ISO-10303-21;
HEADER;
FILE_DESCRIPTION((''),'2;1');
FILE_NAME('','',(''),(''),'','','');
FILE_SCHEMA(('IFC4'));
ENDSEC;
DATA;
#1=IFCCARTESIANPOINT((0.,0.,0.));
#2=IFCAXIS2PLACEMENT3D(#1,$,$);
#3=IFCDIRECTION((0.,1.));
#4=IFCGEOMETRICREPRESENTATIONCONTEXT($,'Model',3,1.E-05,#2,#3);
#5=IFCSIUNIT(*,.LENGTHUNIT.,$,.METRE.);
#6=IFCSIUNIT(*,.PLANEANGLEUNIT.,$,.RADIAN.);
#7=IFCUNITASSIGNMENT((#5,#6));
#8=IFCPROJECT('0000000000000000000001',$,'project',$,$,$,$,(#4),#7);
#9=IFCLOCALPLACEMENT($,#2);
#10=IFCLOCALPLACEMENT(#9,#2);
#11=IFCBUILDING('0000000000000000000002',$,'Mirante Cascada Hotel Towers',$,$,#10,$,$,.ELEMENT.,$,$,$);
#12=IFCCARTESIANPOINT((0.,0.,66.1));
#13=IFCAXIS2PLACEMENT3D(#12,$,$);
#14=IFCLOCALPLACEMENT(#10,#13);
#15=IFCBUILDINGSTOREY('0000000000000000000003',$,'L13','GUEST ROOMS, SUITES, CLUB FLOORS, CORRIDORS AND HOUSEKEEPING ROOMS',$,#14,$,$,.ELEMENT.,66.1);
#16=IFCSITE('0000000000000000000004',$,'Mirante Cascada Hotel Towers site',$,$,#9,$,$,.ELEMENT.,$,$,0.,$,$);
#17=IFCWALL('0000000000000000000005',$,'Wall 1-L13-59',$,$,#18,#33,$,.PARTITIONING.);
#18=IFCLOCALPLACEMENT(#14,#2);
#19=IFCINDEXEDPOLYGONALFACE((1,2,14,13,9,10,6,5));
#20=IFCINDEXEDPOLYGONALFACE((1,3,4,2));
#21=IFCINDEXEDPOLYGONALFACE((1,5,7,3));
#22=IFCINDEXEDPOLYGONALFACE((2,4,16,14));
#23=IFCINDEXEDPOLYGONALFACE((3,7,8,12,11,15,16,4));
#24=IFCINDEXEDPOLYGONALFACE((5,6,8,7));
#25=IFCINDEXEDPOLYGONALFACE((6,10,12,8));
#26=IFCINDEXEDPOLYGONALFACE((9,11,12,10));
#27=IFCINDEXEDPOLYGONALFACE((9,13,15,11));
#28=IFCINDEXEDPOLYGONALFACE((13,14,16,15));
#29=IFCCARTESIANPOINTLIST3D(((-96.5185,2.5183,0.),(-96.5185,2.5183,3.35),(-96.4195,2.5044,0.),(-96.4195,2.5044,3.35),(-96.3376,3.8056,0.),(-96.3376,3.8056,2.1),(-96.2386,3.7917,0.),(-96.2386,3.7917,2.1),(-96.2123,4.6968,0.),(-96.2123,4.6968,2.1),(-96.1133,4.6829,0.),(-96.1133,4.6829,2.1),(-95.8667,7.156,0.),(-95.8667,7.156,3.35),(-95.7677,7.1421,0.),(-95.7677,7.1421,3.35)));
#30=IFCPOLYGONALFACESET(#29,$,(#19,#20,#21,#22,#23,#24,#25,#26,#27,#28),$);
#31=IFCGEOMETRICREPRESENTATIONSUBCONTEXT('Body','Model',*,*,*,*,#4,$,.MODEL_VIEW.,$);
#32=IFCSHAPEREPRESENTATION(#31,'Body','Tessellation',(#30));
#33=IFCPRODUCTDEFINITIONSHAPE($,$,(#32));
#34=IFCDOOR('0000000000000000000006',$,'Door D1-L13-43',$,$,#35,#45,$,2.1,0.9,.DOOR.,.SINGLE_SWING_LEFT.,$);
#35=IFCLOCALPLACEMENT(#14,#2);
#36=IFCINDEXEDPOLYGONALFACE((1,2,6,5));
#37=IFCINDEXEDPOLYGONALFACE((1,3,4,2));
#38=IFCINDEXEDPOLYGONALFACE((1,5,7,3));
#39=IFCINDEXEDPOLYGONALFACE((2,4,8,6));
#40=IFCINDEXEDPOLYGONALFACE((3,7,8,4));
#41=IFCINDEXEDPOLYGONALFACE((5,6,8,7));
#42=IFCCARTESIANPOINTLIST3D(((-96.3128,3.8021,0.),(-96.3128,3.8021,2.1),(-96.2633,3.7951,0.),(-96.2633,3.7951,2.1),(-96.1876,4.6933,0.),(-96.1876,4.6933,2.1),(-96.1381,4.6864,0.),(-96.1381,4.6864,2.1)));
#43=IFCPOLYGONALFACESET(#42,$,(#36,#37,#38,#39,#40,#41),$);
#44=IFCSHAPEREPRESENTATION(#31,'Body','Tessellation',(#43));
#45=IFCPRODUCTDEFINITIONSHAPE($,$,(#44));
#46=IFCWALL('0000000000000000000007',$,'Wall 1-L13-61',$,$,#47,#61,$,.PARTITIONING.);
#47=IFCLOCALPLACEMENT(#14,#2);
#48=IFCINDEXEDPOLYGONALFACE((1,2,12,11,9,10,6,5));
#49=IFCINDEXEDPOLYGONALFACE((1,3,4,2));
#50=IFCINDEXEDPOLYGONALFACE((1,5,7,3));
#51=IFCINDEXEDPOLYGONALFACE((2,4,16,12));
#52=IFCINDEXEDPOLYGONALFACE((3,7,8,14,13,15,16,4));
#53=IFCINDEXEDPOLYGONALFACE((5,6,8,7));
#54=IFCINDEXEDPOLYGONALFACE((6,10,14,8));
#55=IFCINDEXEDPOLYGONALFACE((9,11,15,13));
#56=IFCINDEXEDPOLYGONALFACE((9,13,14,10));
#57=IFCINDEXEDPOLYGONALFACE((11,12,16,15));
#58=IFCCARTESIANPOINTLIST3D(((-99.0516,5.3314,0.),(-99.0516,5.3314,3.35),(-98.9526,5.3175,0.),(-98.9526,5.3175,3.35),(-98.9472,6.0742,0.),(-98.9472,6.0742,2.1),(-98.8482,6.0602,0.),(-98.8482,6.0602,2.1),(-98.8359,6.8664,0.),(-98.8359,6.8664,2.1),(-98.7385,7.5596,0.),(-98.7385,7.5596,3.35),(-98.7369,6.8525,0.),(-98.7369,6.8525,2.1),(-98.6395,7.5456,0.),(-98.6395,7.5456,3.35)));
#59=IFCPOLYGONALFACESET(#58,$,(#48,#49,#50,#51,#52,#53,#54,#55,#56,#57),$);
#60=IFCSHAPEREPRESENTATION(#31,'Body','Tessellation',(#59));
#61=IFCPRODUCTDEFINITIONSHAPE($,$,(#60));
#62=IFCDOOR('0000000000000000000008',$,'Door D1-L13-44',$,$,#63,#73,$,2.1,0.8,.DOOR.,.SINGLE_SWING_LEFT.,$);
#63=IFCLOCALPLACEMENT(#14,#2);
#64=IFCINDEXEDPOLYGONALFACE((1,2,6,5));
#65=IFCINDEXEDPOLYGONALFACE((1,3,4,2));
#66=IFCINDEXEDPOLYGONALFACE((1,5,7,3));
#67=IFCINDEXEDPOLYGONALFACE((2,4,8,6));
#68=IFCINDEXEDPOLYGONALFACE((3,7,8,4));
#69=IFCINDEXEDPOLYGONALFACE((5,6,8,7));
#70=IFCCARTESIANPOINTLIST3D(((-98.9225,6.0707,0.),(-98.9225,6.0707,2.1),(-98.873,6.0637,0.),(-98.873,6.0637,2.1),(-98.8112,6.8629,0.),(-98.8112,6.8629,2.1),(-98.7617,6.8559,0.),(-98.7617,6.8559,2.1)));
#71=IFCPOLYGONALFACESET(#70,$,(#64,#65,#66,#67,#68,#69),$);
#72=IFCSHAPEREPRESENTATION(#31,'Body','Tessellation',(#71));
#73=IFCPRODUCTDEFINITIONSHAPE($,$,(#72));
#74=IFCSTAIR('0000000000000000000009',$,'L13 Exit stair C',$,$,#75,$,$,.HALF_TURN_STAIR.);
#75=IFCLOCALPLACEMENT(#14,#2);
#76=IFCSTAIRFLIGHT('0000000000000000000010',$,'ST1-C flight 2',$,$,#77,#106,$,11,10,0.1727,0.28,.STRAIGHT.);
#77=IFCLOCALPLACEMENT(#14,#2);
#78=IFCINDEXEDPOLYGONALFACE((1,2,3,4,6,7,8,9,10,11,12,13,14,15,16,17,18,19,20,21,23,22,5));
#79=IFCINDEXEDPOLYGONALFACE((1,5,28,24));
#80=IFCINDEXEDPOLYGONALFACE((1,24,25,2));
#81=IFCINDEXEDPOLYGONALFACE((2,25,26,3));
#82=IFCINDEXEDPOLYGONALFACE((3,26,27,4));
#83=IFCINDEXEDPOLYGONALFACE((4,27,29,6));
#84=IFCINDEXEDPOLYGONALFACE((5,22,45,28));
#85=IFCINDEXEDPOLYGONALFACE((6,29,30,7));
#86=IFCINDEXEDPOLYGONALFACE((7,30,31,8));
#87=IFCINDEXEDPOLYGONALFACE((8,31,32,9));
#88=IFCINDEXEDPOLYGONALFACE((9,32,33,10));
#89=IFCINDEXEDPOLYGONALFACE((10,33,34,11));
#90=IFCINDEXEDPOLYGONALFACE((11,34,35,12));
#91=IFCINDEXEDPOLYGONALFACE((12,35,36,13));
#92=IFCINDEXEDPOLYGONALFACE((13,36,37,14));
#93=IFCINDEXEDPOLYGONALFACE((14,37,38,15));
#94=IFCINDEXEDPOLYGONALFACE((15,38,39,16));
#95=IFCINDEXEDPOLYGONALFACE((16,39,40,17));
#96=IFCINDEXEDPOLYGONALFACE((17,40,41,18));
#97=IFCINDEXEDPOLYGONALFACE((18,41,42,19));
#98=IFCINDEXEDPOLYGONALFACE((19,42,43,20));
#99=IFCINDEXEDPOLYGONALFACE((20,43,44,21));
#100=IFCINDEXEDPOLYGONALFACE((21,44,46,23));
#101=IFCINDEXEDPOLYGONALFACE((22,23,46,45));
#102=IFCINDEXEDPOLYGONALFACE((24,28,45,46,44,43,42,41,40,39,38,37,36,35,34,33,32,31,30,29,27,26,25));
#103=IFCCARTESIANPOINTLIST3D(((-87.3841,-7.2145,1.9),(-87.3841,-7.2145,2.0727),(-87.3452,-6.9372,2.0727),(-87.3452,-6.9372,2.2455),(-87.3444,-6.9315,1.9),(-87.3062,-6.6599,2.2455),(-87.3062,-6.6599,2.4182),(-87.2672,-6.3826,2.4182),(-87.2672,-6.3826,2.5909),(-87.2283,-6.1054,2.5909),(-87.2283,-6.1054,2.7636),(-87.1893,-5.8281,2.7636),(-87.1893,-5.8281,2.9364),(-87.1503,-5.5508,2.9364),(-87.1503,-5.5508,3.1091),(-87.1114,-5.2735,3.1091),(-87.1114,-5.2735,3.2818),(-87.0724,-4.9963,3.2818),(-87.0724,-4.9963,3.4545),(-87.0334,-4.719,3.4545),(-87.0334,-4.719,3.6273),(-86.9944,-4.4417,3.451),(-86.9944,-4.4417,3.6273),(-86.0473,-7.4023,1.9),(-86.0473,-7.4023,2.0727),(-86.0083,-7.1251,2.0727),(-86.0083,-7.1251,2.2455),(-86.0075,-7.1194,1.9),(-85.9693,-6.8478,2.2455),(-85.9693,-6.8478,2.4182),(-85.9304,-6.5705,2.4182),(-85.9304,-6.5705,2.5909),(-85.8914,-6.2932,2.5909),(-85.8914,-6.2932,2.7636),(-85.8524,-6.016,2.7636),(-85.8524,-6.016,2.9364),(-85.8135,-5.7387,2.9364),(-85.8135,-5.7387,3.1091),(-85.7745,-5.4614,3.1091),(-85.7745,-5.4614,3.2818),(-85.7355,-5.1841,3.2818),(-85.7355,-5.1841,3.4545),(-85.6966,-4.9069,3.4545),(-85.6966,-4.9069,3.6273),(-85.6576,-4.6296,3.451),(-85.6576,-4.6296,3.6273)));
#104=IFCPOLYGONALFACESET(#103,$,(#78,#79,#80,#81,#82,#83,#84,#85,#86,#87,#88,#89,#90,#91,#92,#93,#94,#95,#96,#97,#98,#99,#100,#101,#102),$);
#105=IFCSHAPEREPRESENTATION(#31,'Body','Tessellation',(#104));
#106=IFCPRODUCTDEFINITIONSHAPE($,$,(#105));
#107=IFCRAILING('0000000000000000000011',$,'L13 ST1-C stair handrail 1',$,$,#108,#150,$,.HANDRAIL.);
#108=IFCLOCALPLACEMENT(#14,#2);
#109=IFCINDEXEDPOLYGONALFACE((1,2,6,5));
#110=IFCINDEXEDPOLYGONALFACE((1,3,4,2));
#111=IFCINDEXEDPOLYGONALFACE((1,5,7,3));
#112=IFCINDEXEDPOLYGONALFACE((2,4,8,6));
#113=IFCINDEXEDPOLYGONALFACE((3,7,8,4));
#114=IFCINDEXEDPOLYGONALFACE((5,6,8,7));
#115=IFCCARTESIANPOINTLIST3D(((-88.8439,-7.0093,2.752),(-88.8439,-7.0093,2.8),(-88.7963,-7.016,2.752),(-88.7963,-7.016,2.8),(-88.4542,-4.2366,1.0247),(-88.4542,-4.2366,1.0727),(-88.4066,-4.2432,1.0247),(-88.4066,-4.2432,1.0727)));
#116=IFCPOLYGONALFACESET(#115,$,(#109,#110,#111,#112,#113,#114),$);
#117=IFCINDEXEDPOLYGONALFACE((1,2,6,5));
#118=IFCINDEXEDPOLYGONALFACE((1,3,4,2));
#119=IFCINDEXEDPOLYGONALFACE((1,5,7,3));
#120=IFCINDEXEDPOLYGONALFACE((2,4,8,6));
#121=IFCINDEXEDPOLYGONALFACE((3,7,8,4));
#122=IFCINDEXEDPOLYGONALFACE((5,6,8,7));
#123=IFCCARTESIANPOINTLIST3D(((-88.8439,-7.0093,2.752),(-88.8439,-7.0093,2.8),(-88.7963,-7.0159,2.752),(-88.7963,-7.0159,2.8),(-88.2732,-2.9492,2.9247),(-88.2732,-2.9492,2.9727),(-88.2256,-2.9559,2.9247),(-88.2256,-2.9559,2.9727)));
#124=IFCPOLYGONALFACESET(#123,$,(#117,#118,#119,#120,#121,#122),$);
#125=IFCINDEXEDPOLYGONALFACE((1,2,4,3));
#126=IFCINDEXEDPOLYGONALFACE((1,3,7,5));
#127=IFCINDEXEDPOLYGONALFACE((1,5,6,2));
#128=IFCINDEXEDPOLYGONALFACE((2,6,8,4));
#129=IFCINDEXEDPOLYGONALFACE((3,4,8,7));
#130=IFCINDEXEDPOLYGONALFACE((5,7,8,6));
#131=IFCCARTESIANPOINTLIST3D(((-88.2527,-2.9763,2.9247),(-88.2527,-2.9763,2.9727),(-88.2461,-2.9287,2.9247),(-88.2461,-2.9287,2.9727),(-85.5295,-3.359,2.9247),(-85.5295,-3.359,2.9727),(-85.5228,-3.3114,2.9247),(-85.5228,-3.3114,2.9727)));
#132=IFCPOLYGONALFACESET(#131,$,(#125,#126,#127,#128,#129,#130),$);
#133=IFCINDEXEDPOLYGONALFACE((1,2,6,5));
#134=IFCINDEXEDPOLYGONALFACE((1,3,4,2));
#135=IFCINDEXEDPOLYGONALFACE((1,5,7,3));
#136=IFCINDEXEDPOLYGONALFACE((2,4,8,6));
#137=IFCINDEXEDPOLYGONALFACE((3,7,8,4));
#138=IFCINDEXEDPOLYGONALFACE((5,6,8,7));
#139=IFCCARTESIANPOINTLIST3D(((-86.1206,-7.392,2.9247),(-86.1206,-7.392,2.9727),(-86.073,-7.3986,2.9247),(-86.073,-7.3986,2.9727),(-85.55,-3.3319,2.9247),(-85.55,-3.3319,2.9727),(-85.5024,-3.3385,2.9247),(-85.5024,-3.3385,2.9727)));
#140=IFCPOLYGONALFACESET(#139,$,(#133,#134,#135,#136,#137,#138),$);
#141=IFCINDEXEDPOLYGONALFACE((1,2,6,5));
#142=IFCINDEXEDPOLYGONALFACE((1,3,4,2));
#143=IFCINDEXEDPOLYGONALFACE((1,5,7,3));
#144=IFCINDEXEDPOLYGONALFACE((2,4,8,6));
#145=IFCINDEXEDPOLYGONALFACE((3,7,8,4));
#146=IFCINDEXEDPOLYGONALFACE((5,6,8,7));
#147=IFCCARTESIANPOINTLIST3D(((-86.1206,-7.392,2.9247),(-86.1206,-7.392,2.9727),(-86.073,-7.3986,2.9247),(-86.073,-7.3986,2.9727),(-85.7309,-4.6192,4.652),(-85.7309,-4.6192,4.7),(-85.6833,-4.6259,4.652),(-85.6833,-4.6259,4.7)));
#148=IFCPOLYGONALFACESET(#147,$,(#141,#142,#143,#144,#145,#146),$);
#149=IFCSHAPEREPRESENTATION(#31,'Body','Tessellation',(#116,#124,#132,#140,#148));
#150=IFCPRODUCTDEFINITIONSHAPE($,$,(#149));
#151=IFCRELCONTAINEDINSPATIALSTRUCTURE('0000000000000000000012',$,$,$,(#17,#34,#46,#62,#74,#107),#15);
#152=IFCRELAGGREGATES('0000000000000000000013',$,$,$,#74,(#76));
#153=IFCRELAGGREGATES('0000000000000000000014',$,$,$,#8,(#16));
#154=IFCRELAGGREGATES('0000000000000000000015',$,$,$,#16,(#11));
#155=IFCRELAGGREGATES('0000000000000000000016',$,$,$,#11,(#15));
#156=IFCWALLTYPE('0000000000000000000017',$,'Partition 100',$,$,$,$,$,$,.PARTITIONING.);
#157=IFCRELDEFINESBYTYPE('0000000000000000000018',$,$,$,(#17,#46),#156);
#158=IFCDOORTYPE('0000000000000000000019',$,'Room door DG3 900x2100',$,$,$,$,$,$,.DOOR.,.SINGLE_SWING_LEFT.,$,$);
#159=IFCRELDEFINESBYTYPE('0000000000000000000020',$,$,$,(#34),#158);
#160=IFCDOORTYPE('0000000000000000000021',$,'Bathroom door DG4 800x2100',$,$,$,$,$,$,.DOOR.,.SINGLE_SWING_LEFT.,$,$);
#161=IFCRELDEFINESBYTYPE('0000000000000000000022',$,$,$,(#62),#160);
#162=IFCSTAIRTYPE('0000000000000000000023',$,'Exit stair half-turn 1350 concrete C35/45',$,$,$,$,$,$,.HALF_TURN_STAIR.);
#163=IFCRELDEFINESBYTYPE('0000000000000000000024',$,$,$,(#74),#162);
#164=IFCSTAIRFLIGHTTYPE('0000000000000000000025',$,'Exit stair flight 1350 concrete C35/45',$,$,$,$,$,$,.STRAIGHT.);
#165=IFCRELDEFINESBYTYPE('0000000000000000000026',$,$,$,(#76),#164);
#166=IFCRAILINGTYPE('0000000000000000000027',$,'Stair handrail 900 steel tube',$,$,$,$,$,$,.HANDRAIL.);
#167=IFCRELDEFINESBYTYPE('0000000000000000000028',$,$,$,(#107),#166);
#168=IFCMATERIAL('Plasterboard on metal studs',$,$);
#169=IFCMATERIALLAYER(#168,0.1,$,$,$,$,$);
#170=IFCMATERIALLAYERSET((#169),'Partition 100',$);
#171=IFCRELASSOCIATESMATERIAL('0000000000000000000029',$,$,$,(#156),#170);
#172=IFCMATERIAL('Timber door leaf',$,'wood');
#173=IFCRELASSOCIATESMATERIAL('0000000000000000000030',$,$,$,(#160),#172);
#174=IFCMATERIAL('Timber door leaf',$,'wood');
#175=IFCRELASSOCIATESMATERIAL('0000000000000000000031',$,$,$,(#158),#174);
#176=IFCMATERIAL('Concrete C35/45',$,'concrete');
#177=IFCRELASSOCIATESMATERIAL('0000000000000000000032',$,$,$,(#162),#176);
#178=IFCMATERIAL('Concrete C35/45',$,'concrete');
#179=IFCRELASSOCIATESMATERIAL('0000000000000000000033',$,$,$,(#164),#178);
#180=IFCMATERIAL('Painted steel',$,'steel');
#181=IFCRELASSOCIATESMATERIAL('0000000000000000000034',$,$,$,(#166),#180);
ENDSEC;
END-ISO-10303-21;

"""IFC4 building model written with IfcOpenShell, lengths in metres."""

from ifc_helpers import new_model, si_unit, direction, frame, frame_2d, origin, origin_2d, place, context, subcontext, project, spatial, polyline, rectangle, outline, extrude, material, layer, layer_set, type_object, element, fill, aggregate, save


model = new_model("IFC4")

# Units and contexts
model_context = context("Model", 3, precision=1e-05, world=origin(), true_north=direction((0.0, 1.0)))
body_context = subcontext(model_context, "Body", "Model", "MODEL_VIEW")
ifc_project = project(units=[si_unit("LENGTHUNIT", "METRE"), si_unit("PLANEANGLEUNIT", "RADIAN")], contexts=[model_context])

# Site, building, storey
site_placement = place(None, origin())
site = spatial("IfcSite", under=ifc_project, at=site_placement, Name="Mirante Cascada Hotel Towers site", CompositionType="ELEMENT", RefElevation=0.0)
building_placement = place(site_placement, origin())
building = spatial("IfcBuilding", under=site, at=building_placement, Name="Mirante Cascada Hotel Towers", CompositionType="ELEMENT")
storey_placement = place(building_placement, frame((0.0, 0.0, 66.1)))
storey = spatial("IfcBuildingStorey", under=building, at=storey_placement, Name="L13", Description="GUEST ROOMS, SUITES, CLUB FLOORS, CORRIDORS AND HOUSEKEEPING ROOMS", CompositionType="ELEMENT", Elevation=66.1)

# Shared definitions
ifc_material_1 = material(Name="Plasterboard on metal studs")
ifc_layer_1 = layer(ifc_material_1, 0.1)
ifc_layer_set_1 = layer_set([ifc_layer_1], Name="Partition 100")
wall_type_1 = type_object("IfcWallType", Name="Partition 100", PredefinedType="PARTITIONING", material=ifc_layer_set_1)

# Walls, openings, doors
ifc_material_2 = material(Name="Timber door leaf", Category="wood")
door_type_1 = type_object("IfcDoorType", Name="Bathroom door DG4 800x2100", OperationType="SINGLE_SWING_LEFT", PredefinedType="DOOR", material=ifc_material_2)
wall_1_placement = place(storey_placement, frame((-95.8172, 7.149, 0.0), z_axis=(0.0, 0.0, 1.0), x_axis=(-0.139176, -0.990268, 0.0)))
wall_1 = element("IfcWall", 1, at=wall_1_placement, inside=storey, type_object=wall_type_1, Name="Wall 1-L13-59", PredefinedType="PARTITIONING", context=body_context, shape_type="SweptSolid", body=[
    extrude(rectangle(XDim=4.6833, YDim=0.1, at=frame_2d((2.3416, 0.0))), origin(), (0.0, 0.0, 1.0), 3.35),
])
opening_1_placement = place(wall_1_placement, frame((2.4833, 0.0, 0.0)))
opening_1 = element("IfcOpeningElement", 2, at=opening_1_placement, cuts=wall_1, PredefinedType="OPENING", context=body_context, shape_type="SweptSolid", body=[
    extrude(rectangle(XDim=0.9, YDim=2.1, at=frame_2d((0.45, 1.05))), frame((0.0, 0.05, 0.0), z_axis=(0.0, -1.0, 0.0), x_axis=(1.0, 0.0, 0.0)), (0.0, 0.0, 1.0), 0.1),
])
ifc_material_3 = material(Name="Timber door leaf", Category="wood")
door_type_2 = type_object("IfcDoorType", Name="Room door DG3 900x2100", OperationType="SINGLE_SWING_LEFT", PredefinedType="DOOR", material=ifc_material_3)
door_1_placement = place(opening_1_placement, origin())
door_1 = element("IfcDoor", 3, at=door_1_placement, inside=storey, type_object=door_type_2, Name="Door D1-L13-43", OperationType="SINGLE_SWING_LEFT", OverallHeight=2.1, OverallWidth=0.9, PredefinedType="DOOR", context=body_context, shape_type="SweptSolid", body=[
    extrude(rectangle(XDim=0.9, YDim=2.1, at=frame_2d((0.45, 1.05))), frame((0.0, 0.025, 0.0), z_axis=(0.0, -1.0, 0.0), x_axis=(1.0, 0.0, 0.0)), (0.0, 0.0, 1.0), 0.05),
])
fill(opening_1, door_1)
wall_2_placement = place(storey_placement, frame((-98.689, 7.5526, 0.0), z_axis=(0.0, 0.0, 1.0), x_axis=(-0.139156, -0.990271, 0.0)))
wall_2 = element("IfcWall", 4, at=wall_2_placement, inside=storey, type_object=wall_type_1, Name="Wall 1-L13-61", PredefinedType="PARTITIONING", context=body_context, shape_type="SweptSolid", body=[
    extrude(rectangle(XDim=2.25, YDim=0.1, at=frame_2d((1.125, 0.0))), origin(), (0.0, 0.0, 1.0), 3.35),
])
opening_2_placement = place(wall_2_placement, frame((0.7, 0.0, 0.0)))
opening_2 = element("IfcOpeningElement", 5, at=opening_2_placement, cuts=wall_2, PredefinedType="OPENING", context=body_context, shape_type="SweptSolid", body=[
    extrude(rectangle(XDim=0.8, YDim=2.1, at=frame_2d((0.4, 1.05))), frame((0.0, 0.05, 0.0), z_axis=(0.0, -1.0, 0.0), x_axis=(1.0, 0.0, 0.0)), (0.0, 0.0, 1.0), 0.1),
])
door_2_placement = place(opening_2_placement, origin())
door_2 = element("IfcDoor", 6, at=door_2_placement, inside=storey, type_object=door_type_1, Name="Door D1-L13-44", OperationType="SINGLE_SWING_LEFT", OverallHeight=2.1, OverallWidth=0.8, PredefinedType="DOOR", context=body_context, shape_type="SweptSolid", body=[
    extrude(rectangle(XDim=0.8, YDim=2.1, at=frame_2d((0.4, 1.05))), frame((0.0, 0.025, 0.0), z_axis=(0.0, -1.0, 0.0), x_axis=(1.0, 0.0, 0.0)), (0.0, 0.0, 1.0), 0.05),
])
fill(opening_2, door_2)

# Stair, stair flight
ifc_material_4 = material(Name="Concrete C35/45", Category="concrete")
stair_type = type_object("IfcStairType", Name="Exit stair half-turn 1350 concrete C35/45", PredefinedType="HALF_TURN_STAIR", material=ifc_material_4)
stair_placement = place(storey_placement, origin())
stair = element("IfcStair", 7, at=stair_placement, inside=storey, type_object=stair_type, Name="L13 Exit stair C", PredefinedType="HALF_TURN_STAIR")
ifc_material_5 = material(Name="Concrete C35/45", Category="concrete")
stair_flight_type = type_object("IfcStairFlightType", Name="Exit stair flight 1350 concrete C35/45", PredefinedType="STRAIGHT", material=ifc_material_5)
stair_flight_placement = place(storey_placement, frame((-86.7157, -7.3084, 1.9), z_axis=(0.0, 0.0, 1.0), x_axis=(0.139173, 0.990268, 0.0)))
stair_flight = element("IfcStairFlight", 8, at=stair_flight_placement, type_object=stair_flight_type, Name="ST1-C flight 2", NumberOfRisers=11, NumberOfTreads=10, PredefinedType="STRAIGHT", RiserHeight=0.1727, TreadLength=0.28, context=body_context, shape_type="SweptSolid", body=[
    extrude(outline(polyline([(0.0, 0.0), (0.0, 0.1727), (0.28, 0.1727), (0.28, 0.3455), (0.56, 0.3455), (0.56, 0.5182), (0.84, 0.5182), (0.84, 0.6909), (1.12, 0.6909), (1.12, 0.8636), (1.4, 0.8636), (1.4, 1.0364), (1.68, 1.0364), (1.68, 1.2091), (1.96, 1.2091), (1.96, 1.3818), (2.24, 1.3818), (2.24, 1.5545), (2.52, 1.5545), (2.52, 1.7273), (2.8, 1.7273), (2.8, 1.9), (2.8, 1.551), (0.2857, 0.0), (0.0, 0.0)])), frame((0.0, 0.675, 0.0), z_axis=(0.0, -1.0, 0.0), x_axis=(1.0, 0.0, 0.0)), (0.0, 0.0, 1.0), 1.35),
])
aggregate(stair, [stair_flight])

# Railing
ifc_material_6 = material(Name="Painted steel", Category="steel")
railing_type = type_object("IfcRailingType", Name="Stair handrail 900 steel tube", PredefinedType="HANDRAIL", material=ifc_material_6)
railing_placement = place(storey_placement, frame((-88.4304, -4.2399, 0.1727)))
element("IfcRailing", 9, at=railing_placement, inside=storey, type_object=railing_type, Name="L13 ST1-C stair handrail 1", PredefinedType="HANDRAIL", context=body_context, shape_type="SweptSolid", body=[
    extrude(rectangle(XDim=0.048, YDim=0.048, at=origin_2d()), frame((0.0, 0.0, 0.876), z_axis=(-0.139181, -0.990267, 0.0), x_axis=(0.990267, -0.139181, 0.0)), (0.0, 0.525035, 0.851081), 3.2899),
    extrude(rectangle(XDim=0.048, YDim=0.048, at=origin_2d()), frame((-0.3897, -2.7727, 2.6033), z_axis=(0.139195, 0.990265, 0.0), x_axis=(-0.990265, 0.139195, 0.0)), (0.0, 0.042084, 0.999114), 4.1036),
    extrude(rectangle(XDim=0.048, YDim=0.048, at=origin_2d()), frame((0.181, 1.2874, 2.776), z_axis=(0.990269, -0.139166, 0.0), x_axis=(0.139166, 0.990269, 0.0)), (0.0, 0.0, 1.0), 2.75),
    extrude(rectangle(XDim=0.048, YDim=0.048, at=origin_2d()), frame((2.9042, 0.9047, 2.776), z_axis=(-0.139171, -0.990268, 0.0), x_axis=(0.990268, -0.139171, 0.0)), (0.0, 0.0, 1.0), 4.1),
    extrude(rectangle(XDim=0.048, YDim=0.048, at=origin_2d()), frame((2.3336, -3.1554, 2.776), z_axis=(0.139181, 0.990267, 0.0), x_axis=(-0.990267, 0.139181, 0.0)), (0.0, 0.525035, 0.851081), 3.2899),
])

save(model, "model.ifc")
